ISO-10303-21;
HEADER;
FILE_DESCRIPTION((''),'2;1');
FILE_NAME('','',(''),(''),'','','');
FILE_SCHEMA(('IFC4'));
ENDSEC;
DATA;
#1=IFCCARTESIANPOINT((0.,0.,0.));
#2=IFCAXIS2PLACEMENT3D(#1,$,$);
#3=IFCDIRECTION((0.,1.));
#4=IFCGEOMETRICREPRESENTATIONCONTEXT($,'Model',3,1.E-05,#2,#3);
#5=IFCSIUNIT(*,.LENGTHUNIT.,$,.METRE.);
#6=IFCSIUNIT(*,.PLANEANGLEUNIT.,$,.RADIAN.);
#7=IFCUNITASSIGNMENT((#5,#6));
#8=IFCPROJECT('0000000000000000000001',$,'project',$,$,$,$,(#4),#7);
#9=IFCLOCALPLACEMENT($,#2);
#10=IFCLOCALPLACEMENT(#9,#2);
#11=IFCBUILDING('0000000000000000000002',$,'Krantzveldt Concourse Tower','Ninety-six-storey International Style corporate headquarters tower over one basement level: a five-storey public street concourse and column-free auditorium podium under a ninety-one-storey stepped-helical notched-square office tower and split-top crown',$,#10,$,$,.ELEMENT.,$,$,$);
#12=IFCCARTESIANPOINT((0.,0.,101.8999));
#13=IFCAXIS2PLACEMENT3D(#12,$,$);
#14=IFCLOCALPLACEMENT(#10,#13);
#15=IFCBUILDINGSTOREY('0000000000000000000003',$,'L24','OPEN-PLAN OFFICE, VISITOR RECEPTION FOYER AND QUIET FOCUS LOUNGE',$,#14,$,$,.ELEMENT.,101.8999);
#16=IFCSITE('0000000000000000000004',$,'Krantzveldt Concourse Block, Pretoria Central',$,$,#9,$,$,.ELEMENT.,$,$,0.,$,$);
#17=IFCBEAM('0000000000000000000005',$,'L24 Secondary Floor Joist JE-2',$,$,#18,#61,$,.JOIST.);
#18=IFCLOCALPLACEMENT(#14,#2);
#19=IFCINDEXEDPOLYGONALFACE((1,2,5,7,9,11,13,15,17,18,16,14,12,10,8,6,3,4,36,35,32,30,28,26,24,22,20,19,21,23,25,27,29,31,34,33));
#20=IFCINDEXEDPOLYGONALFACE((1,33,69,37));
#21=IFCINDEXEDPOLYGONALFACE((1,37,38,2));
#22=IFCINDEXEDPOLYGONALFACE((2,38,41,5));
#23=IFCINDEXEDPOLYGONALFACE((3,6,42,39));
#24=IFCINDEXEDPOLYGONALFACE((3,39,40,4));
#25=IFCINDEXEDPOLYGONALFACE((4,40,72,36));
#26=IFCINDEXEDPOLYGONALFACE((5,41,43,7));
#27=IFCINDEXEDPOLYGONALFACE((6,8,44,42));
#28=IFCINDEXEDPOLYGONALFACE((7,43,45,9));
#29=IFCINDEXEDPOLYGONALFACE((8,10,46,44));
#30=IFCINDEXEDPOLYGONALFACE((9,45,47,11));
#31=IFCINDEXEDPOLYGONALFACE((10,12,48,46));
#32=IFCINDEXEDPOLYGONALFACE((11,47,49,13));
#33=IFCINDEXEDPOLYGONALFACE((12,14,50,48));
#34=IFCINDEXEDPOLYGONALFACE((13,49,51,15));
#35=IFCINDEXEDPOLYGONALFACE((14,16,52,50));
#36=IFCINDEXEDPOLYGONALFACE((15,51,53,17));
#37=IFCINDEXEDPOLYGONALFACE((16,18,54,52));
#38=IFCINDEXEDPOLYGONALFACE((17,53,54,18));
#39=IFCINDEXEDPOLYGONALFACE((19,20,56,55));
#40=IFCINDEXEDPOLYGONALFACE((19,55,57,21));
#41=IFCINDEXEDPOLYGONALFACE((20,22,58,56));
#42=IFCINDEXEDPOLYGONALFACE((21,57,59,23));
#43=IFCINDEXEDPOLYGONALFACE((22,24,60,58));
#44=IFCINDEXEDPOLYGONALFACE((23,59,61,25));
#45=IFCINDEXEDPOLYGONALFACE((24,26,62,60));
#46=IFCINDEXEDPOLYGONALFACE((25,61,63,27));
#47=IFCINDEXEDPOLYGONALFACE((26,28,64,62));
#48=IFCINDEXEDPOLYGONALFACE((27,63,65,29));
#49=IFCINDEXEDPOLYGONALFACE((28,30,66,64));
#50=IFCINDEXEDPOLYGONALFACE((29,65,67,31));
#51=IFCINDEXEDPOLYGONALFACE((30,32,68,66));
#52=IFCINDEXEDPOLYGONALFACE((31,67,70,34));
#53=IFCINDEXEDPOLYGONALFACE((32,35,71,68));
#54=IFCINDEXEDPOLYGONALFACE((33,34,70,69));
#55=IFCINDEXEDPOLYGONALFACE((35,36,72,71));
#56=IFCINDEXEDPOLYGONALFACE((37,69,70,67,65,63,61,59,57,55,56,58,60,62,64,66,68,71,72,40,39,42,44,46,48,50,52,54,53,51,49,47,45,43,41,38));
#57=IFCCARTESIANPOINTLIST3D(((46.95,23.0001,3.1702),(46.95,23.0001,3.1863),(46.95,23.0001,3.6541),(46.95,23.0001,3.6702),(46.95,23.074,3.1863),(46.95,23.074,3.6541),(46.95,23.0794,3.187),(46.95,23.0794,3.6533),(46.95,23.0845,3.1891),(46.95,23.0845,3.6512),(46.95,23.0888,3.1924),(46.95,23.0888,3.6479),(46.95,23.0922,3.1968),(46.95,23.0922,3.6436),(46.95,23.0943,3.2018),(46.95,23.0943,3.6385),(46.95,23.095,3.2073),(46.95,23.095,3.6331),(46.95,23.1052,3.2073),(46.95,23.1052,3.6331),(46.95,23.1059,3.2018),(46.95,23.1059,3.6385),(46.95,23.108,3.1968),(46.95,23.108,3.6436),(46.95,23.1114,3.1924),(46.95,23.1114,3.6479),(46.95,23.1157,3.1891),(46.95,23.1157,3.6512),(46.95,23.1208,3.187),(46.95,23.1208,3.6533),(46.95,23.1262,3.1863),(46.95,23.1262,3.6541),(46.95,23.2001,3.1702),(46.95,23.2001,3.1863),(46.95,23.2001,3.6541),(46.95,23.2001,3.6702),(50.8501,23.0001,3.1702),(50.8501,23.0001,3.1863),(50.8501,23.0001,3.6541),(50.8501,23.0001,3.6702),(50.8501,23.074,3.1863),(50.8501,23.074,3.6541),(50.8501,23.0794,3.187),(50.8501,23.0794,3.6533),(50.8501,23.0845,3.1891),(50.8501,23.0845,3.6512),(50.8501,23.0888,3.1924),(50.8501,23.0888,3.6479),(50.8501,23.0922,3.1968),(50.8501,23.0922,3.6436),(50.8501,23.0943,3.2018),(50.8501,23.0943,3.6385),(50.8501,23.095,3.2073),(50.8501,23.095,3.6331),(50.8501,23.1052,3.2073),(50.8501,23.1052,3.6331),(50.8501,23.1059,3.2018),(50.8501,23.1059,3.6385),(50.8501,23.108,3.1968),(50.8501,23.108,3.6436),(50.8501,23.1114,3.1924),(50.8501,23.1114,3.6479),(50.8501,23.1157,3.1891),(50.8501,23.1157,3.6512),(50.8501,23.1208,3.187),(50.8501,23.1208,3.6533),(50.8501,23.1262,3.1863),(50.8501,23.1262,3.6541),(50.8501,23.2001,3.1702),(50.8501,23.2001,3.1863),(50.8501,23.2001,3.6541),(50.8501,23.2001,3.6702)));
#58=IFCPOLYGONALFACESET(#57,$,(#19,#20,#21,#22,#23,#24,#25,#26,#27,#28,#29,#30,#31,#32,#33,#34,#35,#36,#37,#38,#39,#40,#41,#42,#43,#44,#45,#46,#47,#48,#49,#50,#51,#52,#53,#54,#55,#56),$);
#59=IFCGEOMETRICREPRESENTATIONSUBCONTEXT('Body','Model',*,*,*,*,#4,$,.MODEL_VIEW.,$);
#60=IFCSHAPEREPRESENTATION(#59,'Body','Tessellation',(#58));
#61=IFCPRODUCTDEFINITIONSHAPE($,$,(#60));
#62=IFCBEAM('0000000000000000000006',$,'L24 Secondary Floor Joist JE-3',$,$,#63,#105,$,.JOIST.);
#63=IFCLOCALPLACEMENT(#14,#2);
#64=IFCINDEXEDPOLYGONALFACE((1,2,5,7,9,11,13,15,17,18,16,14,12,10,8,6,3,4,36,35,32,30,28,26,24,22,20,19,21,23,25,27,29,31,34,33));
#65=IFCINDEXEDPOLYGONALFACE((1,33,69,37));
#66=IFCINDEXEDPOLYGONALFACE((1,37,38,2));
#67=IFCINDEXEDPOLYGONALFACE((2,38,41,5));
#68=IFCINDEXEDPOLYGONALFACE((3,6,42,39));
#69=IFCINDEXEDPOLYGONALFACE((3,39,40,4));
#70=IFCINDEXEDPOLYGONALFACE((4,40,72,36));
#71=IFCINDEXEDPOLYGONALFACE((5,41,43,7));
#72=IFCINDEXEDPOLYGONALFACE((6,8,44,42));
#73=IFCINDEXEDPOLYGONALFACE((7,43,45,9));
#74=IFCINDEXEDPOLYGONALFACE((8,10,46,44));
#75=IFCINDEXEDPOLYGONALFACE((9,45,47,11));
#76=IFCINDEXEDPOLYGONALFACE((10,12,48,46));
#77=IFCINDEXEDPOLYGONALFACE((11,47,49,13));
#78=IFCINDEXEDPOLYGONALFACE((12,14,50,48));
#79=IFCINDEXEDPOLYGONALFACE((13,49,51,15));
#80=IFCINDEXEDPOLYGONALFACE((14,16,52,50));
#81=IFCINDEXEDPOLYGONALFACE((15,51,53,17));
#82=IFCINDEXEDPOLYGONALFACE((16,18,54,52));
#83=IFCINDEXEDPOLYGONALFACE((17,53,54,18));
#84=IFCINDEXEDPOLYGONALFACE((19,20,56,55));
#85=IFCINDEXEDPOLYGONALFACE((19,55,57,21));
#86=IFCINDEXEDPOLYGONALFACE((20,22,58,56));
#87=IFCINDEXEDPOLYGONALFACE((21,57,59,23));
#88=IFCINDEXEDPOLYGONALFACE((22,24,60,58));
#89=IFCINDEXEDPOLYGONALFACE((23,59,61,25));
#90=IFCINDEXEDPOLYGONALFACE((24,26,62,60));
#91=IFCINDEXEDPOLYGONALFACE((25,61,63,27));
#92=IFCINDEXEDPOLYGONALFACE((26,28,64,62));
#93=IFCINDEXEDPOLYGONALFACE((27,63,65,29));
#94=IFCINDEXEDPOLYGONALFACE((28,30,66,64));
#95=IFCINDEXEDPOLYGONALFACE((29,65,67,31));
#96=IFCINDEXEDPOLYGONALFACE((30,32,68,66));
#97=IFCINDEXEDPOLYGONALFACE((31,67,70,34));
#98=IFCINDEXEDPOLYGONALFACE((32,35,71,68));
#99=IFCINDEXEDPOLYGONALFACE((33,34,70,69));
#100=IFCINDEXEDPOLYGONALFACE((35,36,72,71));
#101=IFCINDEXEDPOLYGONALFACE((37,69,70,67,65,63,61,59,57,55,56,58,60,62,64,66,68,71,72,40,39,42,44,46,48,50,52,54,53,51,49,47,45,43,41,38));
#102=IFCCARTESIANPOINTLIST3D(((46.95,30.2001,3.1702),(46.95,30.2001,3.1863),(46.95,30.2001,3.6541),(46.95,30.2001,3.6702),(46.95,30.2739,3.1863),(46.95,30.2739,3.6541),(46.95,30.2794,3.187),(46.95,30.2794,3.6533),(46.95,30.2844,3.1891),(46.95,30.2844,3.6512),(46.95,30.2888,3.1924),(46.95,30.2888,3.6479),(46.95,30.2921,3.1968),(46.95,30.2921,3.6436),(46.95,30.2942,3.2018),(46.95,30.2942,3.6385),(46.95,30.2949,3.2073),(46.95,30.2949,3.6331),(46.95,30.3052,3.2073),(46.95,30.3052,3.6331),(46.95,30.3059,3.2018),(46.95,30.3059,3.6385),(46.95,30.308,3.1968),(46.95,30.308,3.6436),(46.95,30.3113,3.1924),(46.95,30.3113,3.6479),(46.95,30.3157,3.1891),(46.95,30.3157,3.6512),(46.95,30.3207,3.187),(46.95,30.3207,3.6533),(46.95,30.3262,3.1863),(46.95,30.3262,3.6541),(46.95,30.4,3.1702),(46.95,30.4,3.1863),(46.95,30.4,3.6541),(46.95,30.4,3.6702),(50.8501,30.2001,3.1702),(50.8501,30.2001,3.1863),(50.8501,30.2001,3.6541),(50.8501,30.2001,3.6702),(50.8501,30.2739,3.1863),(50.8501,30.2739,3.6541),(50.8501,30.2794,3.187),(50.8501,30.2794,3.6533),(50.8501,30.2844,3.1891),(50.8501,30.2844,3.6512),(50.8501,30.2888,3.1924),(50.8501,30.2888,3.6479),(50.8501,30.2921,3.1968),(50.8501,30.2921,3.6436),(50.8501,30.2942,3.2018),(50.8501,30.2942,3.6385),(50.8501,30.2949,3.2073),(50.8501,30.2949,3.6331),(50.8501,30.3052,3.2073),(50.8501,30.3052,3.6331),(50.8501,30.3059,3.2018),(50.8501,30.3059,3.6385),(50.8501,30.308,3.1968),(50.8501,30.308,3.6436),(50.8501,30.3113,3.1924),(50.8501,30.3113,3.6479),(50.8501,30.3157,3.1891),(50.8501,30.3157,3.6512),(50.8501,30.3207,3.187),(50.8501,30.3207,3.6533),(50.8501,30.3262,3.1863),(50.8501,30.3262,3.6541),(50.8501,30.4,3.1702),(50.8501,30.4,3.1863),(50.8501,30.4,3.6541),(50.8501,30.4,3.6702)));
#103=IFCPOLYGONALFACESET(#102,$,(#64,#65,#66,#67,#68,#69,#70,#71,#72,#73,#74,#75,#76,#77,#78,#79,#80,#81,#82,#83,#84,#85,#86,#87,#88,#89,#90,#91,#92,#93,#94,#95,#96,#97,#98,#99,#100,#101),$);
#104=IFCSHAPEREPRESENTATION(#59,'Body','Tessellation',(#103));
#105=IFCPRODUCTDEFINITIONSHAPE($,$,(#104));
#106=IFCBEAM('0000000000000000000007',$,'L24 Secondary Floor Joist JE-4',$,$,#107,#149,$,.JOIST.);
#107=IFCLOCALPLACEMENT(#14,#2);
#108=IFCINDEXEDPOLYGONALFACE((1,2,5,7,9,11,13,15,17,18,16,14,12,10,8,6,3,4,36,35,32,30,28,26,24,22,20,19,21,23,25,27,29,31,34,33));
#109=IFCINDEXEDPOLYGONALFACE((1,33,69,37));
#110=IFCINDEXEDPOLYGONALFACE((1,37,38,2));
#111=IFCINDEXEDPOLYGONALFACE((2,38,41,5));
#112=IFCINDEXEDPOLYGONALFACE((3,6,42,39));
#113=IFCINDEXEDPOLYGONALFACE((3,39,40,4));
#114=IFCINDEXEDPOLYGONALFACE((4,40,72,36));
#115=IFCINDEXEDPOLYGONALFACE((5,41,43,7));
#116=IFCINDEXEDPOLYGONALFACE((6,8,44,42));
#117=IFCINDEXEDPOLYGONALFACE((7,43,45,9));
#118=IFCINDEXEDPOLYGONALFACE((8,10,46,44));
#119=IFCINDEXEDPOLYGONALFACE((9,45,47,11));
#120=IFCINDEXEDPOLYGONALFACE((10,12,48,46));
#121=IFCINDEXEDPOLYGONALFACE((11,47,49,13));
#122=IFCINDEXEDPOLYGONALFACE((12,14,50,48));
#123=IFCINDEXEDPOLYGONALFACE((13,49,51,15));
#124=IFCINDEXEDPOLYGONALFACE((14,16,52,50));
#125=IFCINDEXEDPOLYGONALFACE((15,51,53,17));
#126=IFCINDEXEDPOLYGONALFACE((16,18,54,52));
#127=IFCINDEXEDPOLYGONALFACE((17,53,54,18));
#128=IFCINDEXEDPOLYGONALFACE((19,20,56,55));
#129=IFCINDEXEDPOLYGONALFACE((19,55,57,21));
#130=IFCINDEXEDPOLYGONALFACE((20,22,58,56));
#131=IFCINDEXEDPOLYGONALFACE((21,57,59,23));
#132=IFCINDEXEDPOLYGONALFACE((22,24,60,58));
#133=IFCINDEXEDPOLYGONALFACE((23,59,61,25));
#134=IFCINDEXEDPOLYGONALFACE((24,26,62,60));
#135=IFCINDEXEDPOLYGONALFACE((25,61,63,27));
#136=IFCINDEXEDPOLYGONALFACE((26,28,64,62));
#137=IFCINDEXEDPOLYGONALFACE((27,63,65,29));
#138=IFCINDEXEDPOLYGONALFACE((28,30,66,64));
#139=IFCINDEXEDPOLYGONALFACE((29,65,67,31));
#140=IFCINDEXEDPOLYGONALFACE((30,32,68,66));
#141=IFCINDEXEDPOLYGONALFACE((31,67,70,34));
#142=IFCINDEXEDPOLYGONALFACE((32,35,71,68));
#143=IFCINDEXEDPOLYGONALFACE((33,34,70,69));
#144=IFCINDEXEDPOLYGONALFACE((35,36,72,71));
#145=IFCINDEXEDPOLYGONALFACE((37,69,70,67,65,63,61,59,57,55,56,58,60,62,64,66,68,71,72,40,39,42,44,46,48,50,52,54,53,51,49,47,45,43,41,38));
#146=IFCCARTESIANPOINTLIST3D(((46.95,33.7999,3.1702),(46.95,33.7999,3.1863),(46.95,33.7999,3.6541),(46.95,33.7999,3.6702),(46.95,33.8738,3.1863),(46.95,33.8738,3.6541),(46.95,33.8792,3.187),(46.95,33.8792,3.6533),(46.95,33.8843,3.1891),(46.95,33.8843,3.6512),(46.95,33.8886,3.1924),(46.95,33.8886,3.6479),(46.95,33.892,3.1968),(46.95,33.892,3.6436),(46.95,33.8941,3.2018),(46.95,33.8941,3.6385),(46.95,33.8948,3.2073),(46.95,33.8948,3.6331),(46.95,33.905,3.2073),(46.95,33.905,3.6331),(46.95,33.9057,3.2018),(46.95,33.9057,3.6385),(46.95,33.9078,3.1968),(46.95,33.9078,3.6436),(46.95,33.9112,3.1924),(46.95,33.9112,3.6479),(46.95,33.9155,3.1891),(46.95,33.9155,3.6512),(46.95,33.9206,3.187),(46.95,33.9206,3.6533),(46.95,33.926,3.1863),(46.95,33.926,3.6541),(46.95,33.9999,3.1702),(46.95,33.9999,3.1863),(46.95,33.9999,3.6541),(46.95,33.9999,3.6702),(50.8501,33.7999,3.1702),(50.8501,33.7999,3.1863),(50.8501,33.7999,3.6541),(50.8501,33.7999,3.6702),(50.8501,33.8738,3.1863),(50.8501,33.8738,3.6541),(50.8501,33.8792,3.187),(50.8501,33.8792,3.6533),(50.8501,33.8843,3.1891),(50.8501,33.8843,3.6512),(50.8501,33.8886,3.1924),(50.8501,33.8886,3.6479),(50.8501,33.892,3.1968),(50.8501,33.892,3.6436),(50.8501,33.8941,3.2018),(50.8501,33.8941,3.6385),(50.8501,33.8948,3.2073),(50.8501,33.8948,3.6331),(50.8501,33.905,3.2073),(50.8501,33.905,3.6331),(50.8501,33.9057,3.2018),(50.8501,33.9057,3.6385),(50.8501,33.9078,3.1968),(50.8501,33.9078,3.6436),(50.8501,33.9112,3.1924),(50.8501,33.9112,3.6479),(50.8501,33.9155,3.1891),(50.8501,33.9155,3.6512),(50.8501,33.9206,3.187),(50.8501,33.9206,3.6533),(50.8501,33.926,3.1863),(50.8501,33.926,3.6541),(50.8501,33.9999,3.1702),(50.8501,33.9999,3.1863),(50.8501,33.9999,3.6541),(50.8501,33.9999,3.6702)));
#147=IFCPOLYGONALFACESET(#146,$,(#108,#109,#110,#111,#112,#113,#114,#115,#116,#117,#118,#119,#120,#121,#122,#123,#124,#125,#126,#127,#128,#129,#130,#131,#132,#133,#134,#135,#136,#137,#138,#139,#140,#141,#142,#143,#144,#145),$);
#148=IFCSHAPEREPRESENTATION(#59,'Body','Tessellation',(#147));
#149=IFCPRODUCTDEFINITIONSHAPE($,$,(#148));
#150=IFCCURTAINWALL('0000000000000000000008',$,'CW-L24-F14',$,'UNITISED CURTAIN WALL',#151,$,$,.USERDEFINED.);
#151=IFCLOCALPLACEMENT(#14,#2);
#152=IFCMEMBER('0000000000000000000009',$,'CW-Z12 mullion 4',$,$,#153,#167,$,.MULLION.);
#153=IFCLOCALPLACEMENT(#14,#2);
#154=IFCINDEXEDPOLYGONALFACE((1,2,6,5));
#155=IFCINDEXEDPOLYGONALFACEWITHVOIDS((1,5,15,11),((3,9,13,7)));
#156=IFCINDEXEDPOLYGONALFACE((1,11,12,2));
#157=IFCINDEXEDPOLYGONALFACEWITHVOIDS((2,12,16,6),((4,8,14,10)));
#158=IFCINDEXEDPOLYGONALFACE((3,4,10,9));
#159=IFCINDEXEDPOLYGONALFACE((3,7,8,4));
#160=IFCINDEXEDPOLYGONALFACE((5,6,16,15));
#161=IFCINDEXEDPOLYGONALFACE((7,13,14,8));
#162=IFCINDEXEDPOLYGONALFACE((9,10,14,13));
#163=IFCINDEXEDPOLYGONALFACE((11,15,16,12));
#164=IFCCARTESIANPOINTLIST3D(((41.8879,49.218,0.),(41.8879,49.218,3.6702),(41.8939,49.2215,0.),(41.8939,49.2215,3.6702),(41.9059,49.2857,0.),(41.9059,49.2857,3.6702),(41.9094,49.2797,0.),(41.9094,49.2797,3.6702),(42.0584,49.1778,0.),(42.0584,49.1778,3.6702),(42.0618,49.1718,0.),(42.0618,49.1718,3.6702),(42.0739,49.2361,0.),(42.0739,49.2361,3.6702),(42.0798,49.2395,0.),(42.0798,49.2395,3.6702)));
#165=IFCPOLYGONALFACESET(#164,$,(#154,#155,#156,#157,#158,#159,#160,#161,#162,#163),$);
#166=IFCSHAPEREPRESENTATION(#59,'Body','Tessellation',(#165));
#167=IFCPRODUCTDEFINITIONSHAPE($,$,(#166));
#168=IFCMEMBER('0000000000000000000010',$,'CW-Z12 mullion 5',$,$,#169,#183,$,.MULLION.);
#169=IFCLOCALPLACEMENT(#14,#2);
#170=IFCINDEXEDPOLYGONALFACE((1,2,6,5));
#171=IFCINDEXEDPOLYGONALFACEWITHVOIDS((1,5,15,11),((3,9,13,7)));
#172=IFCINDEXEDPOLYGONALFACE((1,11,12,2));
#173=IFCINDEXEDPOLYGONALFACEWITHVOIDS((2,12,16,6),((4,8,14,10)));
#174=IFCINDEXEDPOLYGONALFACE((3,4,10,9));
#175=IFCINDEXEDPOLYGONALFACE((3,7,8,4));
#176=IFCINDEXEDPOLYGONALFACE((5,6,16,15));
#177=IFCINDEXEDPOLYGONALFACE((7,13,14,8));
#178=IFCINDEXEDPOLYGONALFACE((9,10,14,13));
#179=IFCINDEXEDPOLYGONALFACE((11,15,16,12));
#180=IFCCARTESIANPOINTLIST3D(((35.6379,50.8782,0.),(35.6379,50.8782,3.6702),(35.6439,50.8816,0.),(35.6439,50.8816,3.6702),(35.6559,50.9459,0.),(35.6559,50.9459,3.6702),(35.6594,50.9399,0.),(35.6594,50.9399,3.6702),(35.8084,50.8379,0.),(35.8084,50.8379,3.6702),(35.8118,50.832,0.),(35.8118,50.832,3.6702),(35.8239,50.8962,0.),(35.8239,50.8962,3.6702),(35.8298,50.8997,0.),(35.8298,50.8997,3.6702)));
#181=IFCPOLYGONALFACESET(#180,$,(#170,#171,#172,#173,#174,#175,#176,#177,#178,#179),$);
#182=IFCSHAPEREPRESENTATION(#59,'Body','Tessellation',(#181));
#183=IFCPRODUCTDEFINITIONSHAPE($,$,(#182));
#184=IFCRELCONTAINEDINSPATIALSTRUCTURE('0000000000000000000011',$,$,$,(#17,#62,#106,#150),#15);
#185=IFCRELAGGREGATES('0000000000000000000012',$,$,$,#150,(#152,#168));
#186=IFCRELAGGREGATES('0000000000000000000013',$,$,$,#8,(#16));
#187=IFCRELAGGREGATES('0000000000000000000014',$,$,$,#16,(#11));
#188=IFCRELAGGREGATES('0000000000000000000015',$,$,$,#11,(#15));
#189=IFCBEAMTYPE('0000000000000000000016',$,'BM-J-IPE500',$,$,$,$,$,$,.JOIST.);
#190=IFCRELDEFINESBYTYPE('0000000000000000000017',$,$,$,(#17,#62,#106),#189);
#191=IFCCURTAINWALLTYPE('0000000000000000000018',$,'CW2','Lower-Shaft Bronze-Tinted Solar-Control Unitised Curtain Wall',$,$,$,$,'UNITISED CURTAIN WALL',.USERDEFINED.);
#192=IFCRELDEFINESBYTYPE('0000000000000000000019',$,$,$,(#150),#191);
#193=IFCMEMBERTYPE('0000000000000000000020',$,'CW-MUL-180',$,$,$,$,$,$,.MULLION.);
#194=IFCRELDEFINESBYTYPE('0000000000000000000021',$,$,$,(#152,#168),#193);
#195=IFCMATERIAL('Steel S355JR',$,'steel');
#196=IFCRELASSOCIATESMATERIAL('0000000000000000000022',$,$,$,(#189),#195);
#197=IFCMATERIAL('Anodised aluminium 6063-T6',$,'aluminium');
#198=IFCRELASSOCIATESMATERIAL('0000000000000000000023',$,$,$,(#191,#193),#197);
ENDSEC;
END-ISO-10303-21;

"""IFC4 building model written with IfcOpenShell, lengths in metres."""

from ifc_helpers import new_model, si_unit, direction, frame, origin, origin_2d, place, context, subcontext, project, spatial, hollow_rectangle, i_section, extrude, source, transform, mapped, material, material_profile, profile_set, type_object, type_shapes, element, aggregate, save


model = new_model("IFC4")

# Units and contexts
model_context = context("Model", 3, precision=1e-05, world=origin(), true_north=direction((0.0, 1.0)))
body_context = subcontext(model_context, "Body", "Model", "MODEL_VIEW")
ifc_project = project(units=[si_unit("LENGTHUNIT", "METRE"), si_unit("PLANEANGLEUNIT", "RADIAN")], contexts=[model_context])

# Site, building, storey
site_placement = place(None, origin())
site = spatial("IfcSite", under=ifc_project, at=site_placement, Name="Krantzveldt Concourse Block, Pretoria Central", CompositionType="ELEMENT", RefElevation=0.0)
building_placement = place(site_placement, origin())
building = spatial("IfcBuilding", under=site, at=building_placement, Name="Krantzveldt Concourse Tower", Description="Ninety-six-storey International Style corporate headquarters tower over one basement level: a five-storey public street concourse and column-free auditorium podium under a ninety-one-storey stepped-helical notched-square office tower and split-top crown", CompositionType="ELEMENT")
storey_placement = place(building_placement, frame((0.0, 0.0, 101.8999)))
storey = spatial("IfcBuildingStorey", under=building, at=storey_placement, Name="L24", Description="OPEN-PLAN OFFICE, VISITOR RECEPTION FOYER AND QUIET FOCUS LOUNGE", CompositionType="ELEMENT", Elevation=101.8999)

# Beams
ifc_material_1 = material(Name="Steel S355JR", Category="steel")
ifc_material_profile_1 = material_profile(ifc_material_1, i_section(OverallWidth=0.2, OverallDepth=0.5, WebThickness=0.0103, FlangeThickness=0.0161, FilletRadius=0.021, at=origin_2d()), Name="Steel S355JR", Category="steel")
ifc_profile_set_1 = profile_set([ifc_material_profile_1], Name="Steel S355JR - IPE 500")
beam_type_1 = type_object("IfcBeamType", Name="BM-J-IPE500", PredefinedType="JOIST", material=ifc_profile_set_1)
shared_shape_1 = source(origin(), body_context, "Body", "SweptSolid", [
    extrude(i_section(OverallWidth=0.2, OverallDepth=0.5, WebThickness=0.0103, FlangeThickness=0.0161, FilletRadius=0.021, at=origin_2d()), origin(), (0.0, 0.0, 1.0), 3.9001),
])
type_shapes(beam_type_1, [shared_shape_1])
for number, where, z_axis, x_axis, name in (
    (1, (46.95, 23.1001, 3.4202), (1.0, 0.0, 0.0), (0.0, 1.0, 0.0), "L24 Secondary Floor Joist JE-2"),
    (2, (46.95, 30.3, 3.4202), (1.0, 0.0, 0.0), (0.0, 1.0, 0.0), "L24 Secondary Floor Joist JE-3"),
    (3, (46.95, 33.8999, 3.4202), (1.0, 0.0, 0.0), (0.0, 1.0, 0.0), "L24 Secondary Floor Joist JE-4"),
):
    element("IfcBeam", number, at=place(storey_placement, frame(where, z_axis=z_axis, x_axis=x_axis)), inside=storey, type_object=beam_type_1, Name=name, PredefinedType="JOIST", context=body_context, shape_type="MappedRepresentation", body=[
        mapped(shared_shape_1, transform((0.0, 0.0, 0.0), x_axis=(1.0, 0.0, 0.0), y_axis=(0.0, 1.0, 0.0), z_axis=(0.0, 0.0, 1.0), scale=1.0)),
    ])

# Curtain wall, members
ifc_material_2 = material(Name="Anodised aluminium 6063-T6", Category="aluminium")
curtain_wall_type = type_object("IfcCurtainWallType", Name="CW2", Description="Lower-Shaft Bronze-Tinted Solar-Control Unitised Curtain Wall", ElementType="UNITISED CURTAIN WALL", PredefinedType="USERDEFINED", material=ifc_material_2)
curtain_wall_placement = place(storey_placement, origin())
curtain_wall = element("IfcCurtainWall", 4, at=curtain_wall_placement, inside=storey, type_object=curtain_wall_type, Name="CW-L24-F14", ObjectType="UNITISED CURTAIN WALL", PredefinedType="USERDEFINED")
ifc_material_profile_2 = material_profile(ifc_material_2, hollow_rectangle(XDim=0.0701, YDim=0.1799, WallThickness=0.0049, at=origin_2d()), Name="Anodised aluminium 6063-T6", Category="aluminium")
ifc_profile_set_2 = profile_set([ifc_material_profile_2], Name="Anodised aluminium 6063-T6 - ALU-MULL 180x70x5")
member_type_1 = type_object("IfcMemberType", Name="CW-MUL-180", PredefinedType="MULLION", material=ifc_profile_set_2)
shared_shape_2 = source(origin(), body_context, "Body", "SweptSolid", [
    extrude(hollow_rectangle(XDim=0.0701, YDim=0.1799, WallThickness=0.0049, at=origin_2d()), origin(), (0.0, 0.0, 1.0), 3.6702),
])
type_shapes(member_type_1, [shared_shape_2])
member_1_placement = place(storey_placement, frame((41.9839, 49.2288, 0.0), z_axis=(0.0, 0.0, 1.0), x_axis=(-0.256711, -0.966488, 0.0)))
member_1 = element("IfcMember", 5, at=member_1_placement, type_object=member_type_1, Name="CW-Z12 mullion 4", PredefinedType="MULLION", context=body_context, shape_type="MappedRepresentation", body=[
    mapped(shared_shape_2, transform((0.0, 0.0, 0.0), x_axis=(1.0, 0.0, 0.0), y_axis=(0.0, 1.0, 0.0), z_axis=(0.0, 0.0, 1.0), scale=1.0)),
])
member_2_placement = place(storey_placement, frame((35.7339, 50.8889, 0.0), z_axis=(0.0, 0.0, 1.0), x_axis=(-0.256711, -0.966488, 0.0)))
member_2 = element("IfcMember", 6, at=member_2_placement, type_object=member_type_1, Name="CW-Z12 mullion 5", PredefinedType="MULLION", context=body_context, shape_type="MappedRepresentation", body=[
    mapped(shared_shape_2, transform((0.0, 0.0, 0.0), x_axis=(1.0, 0.0, 0.0), y_axis=(0.0, 1.0, 0.0), z_axis=(0.0, 0.0, 1.0), scale=1.0)),
])
aggregate(curtain_wall, [member_1, member_2])

save(model, "model.ifc")
